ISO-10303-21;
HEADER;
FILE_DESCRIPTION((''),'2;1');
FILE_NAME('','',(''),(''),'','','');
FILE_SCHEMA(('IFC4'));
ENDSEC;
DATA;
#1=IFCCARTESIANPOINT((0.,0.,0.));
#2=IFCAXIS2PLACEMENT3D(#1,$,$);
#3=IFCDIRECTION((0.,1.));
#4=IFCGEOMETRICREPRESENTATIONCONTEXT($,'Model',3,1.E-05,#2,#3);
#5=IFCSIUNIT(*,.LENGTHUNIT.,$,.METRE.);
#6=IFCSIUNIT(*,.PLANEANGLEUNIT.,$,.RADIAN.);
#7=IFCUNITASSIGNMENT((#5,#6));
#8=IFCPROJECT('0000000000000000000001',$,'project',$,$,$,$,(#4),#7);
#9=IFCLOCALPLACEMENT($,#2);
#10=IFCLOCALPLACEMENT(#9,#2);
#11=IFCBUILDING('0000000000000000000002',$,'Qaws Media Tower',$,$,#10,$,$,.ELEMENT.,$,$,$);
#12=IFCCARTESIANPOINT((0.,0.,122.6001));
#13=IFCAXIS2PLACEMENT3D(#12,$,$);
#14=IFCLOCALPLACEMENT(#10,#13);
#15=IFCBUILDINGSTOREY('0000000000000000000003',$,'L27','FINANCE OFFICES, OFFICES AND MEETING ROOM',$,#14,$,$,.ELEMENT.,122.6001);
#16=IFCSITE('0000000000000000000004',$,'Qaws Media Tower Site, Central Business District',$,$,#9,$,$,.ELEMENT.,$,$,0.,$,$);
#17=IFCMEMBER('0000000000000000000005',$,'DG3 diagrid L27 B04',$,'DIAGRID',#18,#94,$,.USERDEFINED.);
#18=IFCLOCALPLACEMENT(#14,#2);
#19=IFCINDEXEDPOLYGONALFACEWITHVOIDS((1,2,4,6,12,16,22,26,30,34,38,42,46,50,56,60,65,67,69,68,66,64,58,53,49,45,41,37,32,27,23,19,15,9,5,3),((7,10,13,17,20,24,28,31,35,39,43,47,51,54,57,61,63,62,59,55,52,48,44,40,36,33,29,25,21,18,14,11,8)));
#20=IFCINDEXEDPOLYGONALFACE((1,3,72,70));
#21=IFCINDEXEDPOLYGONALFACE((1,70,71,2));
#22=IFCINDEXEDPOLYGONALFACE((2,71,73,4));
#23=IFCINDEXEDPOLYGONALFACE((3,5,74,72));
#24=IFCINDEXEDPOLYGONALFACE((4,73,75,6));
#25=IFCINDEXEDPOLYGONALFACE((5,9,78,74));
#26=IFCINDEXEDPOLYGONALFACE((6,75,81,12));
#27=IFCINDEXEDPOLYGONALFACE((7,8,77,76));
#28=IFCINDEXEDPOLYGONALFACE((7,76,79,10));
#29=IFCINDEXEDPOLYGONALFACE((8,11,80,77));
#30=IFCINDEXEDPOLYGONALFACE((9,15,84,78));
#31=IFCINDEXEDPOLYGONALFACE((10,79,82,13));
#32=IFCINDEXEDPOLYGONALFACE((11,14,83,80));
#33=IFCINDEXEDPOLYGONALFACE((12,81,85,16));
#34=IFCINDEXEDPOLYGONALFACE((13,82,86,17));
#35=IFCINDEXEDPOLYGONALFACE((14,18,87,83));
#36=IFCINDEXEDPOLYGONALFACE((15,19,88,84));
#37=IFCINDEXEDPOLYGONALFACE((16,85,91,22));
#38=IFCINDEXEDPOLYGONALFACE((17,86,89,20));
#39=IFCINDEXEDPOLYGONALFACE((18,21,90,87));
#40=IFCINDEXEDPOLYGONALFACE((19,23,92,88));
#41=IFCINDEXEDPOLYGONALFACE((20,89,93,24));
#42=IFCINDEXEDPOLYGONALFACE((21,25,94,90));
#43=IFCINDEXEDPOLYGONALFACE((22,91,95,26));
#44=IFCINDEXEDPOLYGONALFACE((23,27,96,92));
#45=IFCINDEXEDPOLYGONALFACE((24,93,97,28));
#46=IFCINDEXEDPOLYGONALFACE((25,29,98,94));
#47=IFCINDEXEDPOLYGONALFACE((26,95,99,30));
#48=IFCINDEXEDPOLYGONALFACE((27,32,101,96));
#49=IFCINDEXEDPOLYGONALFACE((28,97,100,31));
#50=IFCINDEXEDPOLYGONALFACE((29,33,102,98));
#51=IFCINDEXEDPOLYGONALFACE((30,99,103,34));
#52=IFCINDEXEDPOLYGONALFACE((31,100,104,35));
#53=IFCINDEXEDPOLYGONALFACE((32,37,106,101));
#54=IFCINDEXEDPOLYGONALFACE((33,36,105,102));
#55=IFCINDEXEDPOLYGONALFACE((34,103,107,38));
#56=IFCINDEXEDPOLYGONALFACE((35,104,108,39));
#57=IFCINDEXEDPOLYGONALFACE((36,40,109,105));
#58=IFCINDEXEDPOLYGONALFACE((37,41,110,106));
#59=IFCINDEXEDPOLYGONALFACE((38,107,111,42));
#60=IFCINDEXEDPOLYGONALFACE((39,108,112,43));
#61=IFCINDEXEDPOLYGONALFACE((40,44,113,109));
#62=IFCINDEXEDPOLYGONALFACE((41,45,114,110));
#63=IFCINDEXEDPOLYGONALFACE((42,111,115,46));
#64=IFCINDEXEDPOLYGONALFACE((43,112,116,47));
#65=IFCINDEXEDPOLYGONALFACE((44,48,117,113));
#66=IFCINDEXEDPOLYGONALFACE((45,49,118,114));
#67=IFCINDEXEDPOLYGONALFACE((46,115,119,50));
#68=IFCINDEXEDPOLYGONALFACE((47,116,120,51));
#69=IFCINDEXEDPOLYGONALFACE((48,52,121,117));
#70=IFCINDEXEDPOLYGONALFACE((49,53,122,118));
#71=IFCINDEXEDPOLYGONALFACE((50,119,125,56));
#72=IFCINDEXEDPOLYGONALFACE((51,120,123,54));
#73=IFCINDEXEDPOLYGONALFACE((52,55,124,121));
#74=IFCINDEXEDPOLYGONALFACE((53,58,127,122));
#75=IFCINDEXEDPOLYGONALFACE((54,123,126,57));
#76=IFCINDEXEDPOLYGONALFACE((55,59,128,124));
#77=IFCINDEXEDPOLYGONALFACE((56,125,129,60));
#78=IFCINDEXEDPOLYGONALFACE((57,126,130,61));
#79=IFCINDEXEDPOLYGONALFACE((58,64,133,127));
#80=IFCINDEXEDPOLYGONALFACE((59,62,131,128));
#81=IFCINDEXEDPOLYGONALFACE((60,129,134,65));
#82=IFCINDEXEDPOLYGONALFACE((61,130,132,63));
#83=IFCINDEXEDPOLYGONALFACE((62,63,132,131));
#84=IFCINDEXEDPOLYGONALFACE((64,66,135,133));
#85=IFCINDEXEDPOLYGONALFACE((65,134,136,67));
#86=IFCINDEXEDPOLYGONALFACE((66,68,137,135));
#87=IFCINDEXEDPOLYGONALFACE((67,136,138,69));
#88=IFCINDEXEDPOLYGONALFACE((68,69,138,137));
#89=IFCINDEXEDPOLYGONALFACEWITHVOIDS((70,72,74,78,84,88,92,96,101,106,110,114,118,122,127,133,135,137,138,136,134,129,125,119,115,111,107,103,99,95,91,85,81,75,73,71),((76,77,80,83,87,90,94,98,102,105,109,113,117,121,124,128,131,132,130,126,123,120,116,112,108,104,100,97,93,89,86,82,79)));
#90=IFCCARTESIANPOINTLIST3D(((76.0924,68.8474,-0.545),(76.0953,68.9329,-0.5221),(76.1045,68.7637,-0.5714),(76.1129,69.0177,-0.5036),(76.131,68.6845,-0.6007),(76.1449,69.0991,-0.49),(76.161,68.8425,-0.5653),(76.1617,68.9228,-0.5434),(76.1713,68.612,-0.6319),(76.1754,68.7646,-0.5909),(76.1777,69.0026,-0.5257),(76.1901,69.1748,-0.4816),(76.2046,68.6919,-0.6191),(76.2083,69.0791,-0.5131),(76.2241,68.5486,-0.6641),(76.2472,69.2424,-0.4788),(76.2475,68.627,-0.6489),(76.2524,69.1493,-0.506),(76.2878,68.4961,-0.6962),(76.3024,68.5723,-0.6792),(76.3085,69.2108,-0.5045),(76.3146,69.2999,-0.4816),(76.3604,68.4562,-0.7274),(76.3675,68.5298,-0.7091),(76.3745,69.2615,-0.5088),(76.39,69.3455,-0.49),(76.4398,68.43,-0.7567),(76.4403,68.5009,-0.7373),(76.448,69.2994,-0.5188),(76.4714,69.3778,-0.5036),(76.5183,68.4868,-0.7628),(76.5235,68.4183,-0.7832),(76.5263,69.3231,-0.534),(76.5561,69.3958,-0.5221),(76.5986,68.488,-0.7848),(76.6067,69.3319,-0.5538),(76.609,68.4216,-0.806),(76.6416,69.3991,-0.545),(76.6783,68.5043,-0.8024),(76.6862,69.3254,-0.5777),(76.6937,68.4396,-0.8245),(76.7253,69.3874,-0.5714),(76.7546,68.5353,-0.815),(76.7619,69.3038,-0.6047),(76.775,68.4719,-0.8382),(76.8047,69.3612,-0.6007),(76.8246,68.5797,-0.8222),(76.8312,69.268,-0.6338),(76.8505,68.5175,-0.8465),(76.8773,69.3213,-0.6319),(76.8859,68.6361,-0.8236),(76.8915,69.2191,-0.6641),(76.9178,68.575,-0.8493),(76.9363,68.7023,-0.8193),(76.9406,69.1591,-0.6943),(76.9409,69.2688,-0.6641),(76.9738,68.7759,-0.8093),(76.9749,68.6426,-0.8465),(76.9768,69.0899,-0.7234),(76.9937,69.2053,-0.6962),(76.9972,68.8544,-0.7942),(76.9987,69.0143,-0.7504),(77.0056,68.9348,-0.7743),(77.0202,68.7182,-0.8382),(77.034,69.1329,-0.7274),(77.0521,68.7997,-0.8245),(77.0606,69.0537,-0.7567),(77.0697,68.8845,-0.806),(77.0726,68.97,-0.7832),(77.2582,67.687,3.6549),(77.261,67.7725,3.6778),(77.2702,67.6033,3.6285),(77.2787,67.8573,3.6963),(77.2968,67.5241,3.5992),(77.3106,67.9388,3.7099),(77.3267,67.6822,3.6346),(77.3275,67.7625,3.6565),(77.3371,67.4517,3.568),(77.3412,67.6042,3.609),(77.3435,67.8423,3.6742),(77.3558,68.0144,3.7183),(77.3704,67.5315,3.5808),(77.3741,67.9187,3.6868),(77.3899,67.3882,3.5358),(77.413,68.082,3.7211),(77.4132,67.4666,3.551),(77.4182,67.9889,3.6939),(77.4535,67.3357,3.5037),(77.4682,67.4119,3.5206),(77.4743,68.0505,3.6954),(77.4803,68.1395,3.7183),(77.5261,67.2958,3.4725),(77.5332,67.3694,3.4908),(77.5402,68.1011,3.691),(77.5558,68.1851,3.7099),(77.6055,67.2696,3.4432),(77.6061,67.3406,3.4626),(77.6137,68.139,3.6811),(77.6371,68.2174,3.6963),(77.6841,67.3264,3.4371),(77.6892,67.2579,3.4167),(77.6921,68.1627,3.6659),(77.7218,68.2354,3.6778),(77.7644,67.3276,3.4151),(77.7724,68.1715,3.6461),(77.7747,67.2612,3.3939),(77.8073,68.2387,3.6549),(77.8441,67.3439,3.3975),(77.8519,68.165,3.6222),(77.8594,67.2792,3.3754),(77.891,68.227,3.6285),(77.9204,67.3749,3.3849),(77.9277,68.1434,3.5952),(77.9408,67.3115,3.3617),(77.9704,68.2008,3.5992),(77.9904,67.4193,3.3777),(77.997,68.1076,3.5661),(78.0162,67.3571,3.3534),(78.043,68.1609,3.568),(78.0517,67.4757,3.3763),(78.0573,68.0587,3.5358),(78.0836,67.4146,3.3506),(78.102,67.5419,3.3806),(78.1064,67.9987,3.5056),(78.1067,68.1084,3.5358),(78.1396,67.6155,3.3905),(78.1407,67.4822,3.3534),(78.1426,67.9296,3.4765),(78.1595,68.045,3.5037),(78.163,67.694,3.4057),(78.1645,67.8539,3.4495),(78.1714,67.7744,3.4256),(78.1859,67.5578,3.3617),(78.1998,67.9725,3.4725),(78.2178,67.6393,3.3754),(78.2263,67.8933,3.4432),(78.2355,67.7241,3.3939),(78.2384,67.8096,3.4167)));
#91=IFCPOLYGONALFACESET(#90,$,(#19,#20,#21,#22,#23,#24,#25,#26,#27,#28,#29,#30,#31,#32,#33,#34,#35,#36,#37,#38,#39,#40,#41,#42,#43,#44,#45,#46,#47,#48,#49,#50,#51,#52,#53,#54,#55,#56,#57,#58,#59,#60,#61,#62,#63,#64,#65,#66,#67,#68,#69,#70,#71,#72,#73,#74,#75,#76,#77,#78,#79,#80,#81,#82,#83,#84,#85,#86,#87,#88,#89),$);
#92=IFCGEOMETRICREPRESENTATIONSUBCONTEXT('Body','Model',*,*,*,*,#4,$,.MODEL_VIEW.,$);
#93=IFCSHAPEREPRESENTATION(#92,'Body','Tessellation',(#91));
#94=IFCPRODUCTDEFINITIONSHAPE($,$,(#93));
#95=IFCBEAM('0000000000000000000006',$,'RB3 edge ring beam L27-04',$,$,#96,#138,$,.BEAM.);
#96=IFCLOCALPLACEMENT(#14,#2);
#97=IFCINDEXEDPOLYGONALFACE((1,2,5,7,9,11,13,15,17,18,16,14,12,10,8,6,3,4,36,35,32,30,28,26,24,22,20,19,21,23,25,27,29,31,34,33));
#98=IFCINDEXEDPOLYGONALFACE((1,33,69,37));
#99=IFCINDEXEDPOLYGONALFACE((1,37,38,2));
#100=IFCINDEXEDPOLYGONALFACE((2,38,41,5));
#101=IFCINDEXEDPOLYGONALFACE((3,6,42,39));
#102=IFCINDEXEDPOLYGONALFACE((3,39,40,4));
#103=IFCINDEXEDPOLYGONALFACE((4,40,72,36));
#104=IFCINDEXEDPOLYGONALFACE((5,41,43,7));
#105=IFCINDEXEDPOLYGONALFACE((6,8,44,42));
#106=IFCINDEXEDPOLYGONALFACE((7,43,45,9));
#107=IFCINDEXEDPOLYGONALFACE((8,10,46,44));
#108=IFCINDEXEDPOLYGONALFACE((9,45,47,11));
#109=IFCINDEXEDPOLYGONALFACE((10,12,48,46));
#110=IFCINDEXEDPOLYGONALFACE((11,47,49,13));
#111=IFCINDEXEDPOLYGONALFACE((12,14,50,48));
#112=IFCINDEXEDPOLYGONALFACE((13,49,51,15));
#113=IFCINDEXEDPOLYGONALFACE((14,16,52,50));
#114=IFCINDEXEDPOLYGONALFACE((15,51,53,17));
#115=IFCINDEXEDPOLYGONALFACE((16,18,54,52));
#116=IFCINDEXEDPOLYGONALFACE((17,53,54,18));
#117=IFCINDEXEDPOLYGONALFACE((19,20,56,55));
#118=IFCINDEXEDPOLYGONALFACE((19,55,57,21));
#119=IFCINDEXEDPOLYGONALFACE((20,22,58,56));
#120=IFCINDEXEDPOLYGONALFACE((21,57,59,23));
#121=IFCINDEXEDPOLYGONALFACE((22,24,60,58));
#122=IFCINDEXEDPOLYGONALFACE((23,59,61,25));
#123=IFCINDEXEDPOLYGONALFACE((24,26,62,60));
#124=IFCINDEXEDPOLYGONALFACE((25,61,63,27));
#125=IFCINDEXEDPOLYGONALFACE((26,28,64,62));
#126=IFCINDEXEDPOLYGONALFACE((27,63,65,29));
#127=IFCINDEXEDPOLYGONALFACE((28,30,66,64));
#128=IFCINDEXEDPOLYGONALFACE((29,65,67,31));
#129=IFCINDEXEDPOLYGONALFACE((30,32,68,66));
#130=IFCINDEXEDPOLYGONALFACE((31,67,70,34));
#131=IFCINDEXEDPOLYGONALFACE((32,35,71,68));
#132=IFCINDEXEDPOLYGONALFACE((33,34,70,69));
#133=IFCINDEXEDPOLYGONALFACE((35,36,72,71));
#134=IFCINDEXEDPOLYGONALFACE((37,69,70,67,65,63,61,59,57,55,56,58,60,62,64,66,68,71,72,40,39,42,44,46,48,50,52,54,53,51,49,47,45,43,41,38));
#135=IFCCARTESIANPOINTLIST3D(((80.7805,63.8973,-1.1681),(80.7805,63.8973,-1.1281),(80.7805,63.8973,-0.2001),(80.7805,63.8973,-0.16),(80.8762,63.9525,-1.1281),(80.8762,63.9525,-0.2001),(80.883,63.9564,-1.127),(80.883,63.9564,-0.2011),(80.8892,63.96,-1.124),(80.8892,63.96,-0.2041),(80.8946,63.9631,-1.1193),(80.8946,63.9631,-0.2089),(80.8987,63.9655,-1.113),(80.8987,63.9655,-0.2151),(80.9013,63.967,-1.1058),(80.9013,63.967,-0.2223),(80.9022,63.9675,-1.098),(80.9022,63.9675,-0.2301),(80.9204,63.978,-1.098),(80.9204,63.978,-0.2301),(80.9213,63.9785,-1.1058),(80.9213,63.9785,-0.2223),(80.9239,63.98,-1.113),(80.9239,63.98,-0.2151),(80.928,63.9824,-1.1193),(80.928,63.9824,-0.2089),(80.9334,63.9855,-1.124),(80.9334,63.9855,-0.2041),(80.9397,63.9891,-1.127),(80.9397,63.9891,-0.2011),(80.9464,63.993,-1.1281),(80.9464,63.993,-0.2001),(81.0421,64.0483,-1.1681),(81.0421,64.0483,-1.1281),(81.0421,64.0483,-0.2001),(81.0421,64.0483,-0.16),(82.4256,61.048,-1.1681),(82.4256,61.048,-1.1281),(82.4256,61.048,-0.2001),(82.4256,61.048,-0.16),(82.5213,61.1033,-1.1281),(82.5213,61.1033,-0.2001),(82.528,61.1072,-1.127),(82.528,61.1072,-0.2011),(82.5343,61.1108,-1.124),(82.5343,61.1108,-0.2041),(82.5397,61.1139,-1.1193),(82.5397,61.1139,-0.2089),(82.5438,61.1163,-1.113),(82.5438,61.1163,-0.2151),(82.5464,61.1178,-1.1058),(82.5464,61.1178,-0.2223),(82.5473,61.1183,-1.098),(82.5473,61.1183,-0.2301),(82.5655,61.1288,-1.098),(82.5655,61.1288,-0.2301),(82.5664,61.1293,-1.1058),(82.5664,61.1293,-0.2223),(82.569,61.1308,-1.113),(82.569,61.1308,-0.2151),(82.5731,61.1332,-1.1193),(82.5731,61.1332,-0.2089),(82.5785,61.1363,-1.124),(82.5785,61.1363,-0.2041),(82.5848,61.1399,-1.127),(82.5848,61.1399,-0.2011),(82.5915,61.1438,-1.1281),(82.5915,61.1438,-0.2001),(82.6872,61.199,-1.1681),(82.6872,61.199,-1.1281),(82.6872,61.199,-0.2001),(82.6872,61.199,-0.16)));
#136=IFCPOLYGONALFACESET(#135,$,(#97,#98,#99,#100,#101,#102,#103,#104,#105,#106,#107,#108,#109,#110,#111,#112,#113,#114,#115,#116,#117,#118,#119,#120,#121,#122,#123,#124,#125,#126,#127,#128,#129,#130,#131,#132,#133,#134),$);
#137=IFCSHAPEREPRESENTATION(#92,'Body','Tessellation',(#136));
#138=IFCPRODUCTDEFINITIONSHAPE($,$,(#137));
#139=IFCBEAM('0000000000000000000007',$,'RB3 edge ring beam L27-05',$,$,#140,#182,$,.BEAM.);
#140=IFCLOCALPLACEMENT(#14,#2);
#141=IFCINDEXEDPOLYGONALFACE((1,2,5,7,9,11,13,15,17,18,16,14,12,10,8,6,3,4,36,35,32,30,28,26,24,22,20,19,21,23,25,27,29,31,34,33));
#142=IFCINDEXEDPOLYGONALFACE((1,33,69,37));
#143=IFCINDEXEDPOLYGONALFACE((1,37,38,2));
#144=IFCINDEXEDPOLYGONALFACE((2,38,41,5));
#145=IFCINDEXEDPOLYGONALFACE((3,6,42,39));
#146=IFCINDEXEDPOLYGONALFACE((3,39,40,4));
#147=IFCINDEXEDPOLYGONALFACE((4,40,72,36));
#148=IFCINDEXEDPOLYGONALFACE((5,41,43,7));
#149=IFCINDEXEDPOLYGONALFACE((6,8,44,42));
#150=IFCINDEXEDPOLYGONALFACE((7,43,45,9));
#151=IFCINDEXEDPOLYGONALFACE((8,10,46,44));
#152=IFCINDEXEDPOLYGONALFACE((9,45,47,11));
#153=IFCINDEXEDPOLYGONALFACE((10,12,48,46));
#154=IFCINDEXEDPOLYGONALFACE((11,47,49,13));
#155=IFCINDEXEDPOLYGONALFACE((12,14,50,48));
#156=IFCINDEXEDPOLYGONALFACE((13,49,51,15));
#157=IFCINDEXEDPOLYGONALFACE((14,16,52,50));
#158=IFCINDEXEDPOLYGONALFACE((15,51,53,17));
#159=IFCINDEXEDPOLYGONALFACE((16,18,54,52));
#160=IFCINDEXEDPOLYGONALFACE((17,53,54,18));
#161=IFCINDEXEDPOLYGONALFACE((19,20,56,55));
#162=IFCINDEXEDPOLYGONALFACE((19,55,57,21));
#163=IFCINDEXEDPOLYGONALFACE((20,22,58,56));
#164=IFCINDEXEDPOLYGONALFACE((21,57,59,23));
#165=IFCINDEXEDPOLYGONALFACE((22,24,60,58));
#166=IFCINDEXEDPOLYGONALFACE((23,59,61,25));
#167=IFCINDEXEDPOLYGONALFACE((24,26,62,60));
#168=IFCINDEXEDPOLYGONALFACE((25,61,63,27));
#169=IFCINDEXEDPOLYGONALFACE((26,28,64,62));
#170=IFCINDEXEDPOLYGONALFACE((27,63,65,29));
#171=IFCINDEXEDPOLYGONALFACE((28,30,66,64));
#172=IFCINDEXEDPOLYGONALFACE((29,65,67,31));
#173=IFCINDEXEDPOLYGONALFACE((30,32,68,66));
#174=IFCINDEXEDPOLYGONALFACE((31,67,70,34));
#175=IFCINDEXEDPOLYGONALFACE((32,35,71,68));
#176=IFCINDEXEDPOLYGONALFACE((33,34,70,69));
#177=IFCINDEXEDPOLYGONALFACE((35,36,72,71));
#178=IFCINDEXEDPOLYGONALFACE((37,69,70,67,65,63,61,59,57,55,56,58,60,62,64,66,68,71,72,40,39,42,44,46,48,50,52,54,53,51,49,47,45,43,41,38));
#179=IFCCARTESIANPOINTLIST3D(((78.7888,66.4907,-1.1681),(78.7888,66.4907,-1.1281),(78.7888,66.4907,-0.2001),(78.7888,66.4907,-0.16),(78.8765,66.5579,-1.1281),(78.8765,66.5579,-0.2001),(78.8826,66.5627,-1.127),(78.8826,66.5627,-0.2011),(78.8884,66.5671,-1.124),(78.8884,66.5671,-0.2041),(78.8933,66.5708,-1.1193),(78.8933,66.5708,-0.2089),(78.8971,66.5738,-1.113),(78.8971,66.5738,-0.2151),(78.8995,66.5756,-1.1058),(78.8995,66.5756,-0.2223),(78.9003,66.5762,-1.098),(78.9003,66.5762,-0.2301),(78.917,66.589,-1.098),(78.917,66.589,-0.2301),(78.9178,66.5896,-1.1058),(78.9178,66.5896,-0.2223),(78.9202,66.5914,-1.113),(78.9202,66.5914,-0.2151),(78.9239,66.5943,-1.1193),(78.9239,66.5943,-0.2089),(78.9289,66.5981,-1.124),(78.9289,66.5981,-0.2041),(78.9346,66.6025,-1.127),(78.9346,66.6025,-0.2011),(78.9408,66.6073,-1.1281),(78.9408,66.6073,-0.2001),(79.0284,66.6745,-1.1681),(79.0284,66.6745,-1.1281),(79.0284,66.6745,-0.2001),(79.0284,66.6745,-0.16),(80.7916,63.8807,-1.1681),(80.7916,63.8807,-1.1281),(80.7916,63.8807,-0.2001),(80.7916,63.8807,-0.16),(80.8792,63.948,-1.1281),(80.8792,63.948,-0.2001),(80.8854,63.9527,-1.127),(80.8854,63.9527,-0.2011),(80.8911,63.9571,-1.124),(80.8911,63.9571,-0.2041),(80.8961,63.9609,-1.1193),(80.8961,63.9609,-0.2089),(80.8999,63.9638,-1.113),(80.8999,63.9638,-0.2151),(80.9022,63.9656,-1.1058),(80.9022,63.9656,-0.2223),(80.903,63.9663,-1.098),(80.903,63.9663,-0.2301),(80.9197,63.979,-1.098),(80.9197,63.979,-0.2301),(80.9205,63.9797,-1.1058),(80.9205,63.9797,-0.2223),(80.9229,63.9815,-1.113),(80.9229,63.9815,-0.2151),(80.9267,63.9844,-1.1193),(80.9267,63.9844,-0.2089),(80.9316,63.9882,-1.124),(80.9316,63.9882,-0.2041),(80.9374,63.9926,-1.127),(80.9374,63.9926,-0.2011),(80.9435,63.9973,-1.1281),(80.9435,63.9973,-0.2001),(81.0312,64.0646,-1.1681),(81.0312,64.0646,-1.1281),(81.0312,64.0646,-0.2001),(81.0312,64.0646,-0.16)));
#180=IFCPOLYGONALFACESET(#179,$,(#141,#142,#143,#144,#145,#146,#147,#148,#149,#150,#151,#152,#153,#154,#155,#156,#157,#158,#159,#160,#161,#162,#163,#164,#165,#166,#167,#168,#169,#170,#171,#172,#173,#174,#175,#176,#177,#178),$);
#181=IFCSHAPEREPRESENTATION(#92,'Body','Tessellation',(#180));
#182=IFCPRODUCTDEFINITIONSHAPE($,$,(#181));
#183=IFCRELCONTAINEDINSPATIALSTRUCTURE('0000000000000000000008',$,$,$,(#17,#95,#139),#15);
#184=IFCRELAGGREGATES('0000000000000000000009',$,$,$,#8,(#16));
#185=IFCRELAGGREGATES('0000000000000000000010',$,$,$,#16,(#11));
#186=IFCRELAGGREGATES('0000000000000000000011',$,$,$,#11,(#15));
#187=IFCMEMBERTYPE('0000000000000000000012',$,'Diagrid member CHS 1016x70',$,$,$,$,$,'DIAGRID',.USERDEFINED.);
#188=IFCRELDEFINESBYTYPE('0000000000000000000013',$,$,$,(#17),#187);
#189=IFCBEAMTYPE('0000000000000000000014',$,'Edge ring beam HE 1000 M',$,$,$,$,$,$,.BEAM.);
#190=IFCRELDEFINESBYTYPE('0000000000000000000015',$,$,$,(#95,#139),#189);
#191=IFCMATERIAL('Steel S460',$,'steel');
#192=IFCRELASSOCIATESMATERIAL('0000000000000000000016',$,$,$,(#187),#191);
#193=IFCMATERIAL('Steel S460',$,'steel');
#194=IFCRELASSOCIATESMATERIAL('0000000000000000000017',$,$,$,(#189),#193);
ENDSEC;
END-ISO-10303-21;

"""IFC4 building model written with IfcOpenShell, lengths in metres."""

from ifc_helpers import new_model, si_unit, direction, frame, origin, origin_2d, place, context, subcontext, project, spatial, hollow_circle, i_section, extrude, material, material_profile, profile_set, type_object, element, save


model = new_model("IFC4")

# Units and contexts
model_context = context("Model", 3, precision=1e-05, world=origin(), true_north=direction((0.0, 1.0)))
body_context = subcontext(model_context, "Body", "Model", "MODEL_VIEW")
ifc_project = project(units=[si_unit("LENGTHUNIT", "METRE"), si_unit("PLANEANGLEUNIT", "RADIAN")], contexts=[model_context])

# Site, building, storey
site_placement = place(None, origin())
site = spatial("IfcSite", under=ifc_project, at=site_placement, Name="Qaws Media Tower Site, Central Business District", CompositionType="ELEMENT", RefElevation=0.0)
building_placement = place(site_placement, origin())
building = spatial("IfcBuilding", under=site, at=building_placement, Name="Qaws Media Tower", CompositionType="ELEMENT")
storey_placement = place(building_placement, frame((0.0, 0.0, 122.6001)))
storey = spatial("IfcBuildingStorey", under=building, at=storey_placement, Name="L27", Description="FINANCE OFFICES, OFFICES AND MEETING ROOM", CompositionType="ELEMENT", Elevation=122.6001)

# Member
ifc_material_1 = material(Name="Steel S460", Category="steel")
ifc_material_profile_1 = material_profile(ifc_material_1, hollow_circle(Radius=0.5081, WallThickness=0.0701, at=origin_2d()), Name="CHS 1016x70")
ifc_profile_set_1 = profile_set([ifc_material_profile_1], Name="Steel S460")
member_type_1 = type_object("IfcMemberType", Name="Diagrid member CHS 1016x70", ElementType="DIAGRID", PredefinedType="USERDEFINED", material=ifc_profile_set_1)
for number, where, z_axis, x_axis, name in (
    (1, (76.5825, 68.9087, -0.6641), (0.258454, -0.257263, 0.931138), (0.705472, 0.708738, 0.0), "DG3 diagrid L27 B04"),
):
    element("IfcMember", number, at=place(storey_placement, frame(where, z_axis=z_axis, x_axis=x_axis)), inside=storey, type_object=member_type_1, Name=name, ObjectType="DIAGRID", PredefinedType="USERDEFINED", context=body_context, shape_type="SweptSolid", body=[
        extrude(hollow_circle(Radius=0.5081, WallThickness=0.0701, at=origin_2d()), origin(), (0.0, 0.0, 1.0), 4.5105),
    ])

# Beams
ifc_material_2 = material(Name="Steel S460", Category="steel")
ifc_material_profile_2 = material_profile(ifc_material_2, i_section(OverallWidth=0.302, OverallDepth=1.0081, WebThickness=0.021, FlangeThickness=0.04, FilletRadius=0.03, at=origin_2d()), Name="HE 1000 M")
ifc_profile_set_2 = profile_set([ifc_material_profile_2], Name="Steel S460")
beam_type = type_object("IfcBeamType", Name="Edge ring beam HE 1000 M", PredefinedType="BEAM", material=ifc_profile_set_2)
beam_1_placement = place(storey_placement, frame((82.5564, 61.1235, -0.6641), z_axis=(-0.500018, 0.866015, 0.0), x_axis=(-0.866015, -0.500018, 0.0)))
element("IfcBeam", 2, at=beam_1_placement, inside=storey, type_object=beam_type, Name="RB3 edge ring beam L27-04", PredefinedType="BEAM", context=body_context, shape_type="SweptSolid", body=[
    extrude(i_section(OverallWidth=0.302, OverallDepth=1.0081, WebThickness=0.021, FlangeThickness=0.04, FilletRadius=0.03, at=origin_2d()), origin(), (0.0, 0.0, 1.0), 3.29),
])
for number, where, z_axis, x_axis, name in (
    (3, (80.9114, 63.9727, -0.6641), (-0.608774, 0.793344, 0.0), (-0.793344, -0.608774, 0.0), "RB3 edge ring beam L27-05"),
):
    element("IfcBeam", number, at=place(storey_placement, frame(where, z_axis=z_axis, x_axis=x_axis)), inside=storey, type_object=beam_type, Name=name, PredefinedType="BEAM", context=body_context, shape_type="SweptSolid", body=[
        extrude(i_section(OverallWidth=0.302, OverallDepth=1.0081, WebThickness=0.021, FlangeThickness=0.04, FilletRadius=0.03, at=origin_2d()), origin(), (0.0, 0.0, 1.0), 3.2898),
    ])

save(model, "model.ifc")
